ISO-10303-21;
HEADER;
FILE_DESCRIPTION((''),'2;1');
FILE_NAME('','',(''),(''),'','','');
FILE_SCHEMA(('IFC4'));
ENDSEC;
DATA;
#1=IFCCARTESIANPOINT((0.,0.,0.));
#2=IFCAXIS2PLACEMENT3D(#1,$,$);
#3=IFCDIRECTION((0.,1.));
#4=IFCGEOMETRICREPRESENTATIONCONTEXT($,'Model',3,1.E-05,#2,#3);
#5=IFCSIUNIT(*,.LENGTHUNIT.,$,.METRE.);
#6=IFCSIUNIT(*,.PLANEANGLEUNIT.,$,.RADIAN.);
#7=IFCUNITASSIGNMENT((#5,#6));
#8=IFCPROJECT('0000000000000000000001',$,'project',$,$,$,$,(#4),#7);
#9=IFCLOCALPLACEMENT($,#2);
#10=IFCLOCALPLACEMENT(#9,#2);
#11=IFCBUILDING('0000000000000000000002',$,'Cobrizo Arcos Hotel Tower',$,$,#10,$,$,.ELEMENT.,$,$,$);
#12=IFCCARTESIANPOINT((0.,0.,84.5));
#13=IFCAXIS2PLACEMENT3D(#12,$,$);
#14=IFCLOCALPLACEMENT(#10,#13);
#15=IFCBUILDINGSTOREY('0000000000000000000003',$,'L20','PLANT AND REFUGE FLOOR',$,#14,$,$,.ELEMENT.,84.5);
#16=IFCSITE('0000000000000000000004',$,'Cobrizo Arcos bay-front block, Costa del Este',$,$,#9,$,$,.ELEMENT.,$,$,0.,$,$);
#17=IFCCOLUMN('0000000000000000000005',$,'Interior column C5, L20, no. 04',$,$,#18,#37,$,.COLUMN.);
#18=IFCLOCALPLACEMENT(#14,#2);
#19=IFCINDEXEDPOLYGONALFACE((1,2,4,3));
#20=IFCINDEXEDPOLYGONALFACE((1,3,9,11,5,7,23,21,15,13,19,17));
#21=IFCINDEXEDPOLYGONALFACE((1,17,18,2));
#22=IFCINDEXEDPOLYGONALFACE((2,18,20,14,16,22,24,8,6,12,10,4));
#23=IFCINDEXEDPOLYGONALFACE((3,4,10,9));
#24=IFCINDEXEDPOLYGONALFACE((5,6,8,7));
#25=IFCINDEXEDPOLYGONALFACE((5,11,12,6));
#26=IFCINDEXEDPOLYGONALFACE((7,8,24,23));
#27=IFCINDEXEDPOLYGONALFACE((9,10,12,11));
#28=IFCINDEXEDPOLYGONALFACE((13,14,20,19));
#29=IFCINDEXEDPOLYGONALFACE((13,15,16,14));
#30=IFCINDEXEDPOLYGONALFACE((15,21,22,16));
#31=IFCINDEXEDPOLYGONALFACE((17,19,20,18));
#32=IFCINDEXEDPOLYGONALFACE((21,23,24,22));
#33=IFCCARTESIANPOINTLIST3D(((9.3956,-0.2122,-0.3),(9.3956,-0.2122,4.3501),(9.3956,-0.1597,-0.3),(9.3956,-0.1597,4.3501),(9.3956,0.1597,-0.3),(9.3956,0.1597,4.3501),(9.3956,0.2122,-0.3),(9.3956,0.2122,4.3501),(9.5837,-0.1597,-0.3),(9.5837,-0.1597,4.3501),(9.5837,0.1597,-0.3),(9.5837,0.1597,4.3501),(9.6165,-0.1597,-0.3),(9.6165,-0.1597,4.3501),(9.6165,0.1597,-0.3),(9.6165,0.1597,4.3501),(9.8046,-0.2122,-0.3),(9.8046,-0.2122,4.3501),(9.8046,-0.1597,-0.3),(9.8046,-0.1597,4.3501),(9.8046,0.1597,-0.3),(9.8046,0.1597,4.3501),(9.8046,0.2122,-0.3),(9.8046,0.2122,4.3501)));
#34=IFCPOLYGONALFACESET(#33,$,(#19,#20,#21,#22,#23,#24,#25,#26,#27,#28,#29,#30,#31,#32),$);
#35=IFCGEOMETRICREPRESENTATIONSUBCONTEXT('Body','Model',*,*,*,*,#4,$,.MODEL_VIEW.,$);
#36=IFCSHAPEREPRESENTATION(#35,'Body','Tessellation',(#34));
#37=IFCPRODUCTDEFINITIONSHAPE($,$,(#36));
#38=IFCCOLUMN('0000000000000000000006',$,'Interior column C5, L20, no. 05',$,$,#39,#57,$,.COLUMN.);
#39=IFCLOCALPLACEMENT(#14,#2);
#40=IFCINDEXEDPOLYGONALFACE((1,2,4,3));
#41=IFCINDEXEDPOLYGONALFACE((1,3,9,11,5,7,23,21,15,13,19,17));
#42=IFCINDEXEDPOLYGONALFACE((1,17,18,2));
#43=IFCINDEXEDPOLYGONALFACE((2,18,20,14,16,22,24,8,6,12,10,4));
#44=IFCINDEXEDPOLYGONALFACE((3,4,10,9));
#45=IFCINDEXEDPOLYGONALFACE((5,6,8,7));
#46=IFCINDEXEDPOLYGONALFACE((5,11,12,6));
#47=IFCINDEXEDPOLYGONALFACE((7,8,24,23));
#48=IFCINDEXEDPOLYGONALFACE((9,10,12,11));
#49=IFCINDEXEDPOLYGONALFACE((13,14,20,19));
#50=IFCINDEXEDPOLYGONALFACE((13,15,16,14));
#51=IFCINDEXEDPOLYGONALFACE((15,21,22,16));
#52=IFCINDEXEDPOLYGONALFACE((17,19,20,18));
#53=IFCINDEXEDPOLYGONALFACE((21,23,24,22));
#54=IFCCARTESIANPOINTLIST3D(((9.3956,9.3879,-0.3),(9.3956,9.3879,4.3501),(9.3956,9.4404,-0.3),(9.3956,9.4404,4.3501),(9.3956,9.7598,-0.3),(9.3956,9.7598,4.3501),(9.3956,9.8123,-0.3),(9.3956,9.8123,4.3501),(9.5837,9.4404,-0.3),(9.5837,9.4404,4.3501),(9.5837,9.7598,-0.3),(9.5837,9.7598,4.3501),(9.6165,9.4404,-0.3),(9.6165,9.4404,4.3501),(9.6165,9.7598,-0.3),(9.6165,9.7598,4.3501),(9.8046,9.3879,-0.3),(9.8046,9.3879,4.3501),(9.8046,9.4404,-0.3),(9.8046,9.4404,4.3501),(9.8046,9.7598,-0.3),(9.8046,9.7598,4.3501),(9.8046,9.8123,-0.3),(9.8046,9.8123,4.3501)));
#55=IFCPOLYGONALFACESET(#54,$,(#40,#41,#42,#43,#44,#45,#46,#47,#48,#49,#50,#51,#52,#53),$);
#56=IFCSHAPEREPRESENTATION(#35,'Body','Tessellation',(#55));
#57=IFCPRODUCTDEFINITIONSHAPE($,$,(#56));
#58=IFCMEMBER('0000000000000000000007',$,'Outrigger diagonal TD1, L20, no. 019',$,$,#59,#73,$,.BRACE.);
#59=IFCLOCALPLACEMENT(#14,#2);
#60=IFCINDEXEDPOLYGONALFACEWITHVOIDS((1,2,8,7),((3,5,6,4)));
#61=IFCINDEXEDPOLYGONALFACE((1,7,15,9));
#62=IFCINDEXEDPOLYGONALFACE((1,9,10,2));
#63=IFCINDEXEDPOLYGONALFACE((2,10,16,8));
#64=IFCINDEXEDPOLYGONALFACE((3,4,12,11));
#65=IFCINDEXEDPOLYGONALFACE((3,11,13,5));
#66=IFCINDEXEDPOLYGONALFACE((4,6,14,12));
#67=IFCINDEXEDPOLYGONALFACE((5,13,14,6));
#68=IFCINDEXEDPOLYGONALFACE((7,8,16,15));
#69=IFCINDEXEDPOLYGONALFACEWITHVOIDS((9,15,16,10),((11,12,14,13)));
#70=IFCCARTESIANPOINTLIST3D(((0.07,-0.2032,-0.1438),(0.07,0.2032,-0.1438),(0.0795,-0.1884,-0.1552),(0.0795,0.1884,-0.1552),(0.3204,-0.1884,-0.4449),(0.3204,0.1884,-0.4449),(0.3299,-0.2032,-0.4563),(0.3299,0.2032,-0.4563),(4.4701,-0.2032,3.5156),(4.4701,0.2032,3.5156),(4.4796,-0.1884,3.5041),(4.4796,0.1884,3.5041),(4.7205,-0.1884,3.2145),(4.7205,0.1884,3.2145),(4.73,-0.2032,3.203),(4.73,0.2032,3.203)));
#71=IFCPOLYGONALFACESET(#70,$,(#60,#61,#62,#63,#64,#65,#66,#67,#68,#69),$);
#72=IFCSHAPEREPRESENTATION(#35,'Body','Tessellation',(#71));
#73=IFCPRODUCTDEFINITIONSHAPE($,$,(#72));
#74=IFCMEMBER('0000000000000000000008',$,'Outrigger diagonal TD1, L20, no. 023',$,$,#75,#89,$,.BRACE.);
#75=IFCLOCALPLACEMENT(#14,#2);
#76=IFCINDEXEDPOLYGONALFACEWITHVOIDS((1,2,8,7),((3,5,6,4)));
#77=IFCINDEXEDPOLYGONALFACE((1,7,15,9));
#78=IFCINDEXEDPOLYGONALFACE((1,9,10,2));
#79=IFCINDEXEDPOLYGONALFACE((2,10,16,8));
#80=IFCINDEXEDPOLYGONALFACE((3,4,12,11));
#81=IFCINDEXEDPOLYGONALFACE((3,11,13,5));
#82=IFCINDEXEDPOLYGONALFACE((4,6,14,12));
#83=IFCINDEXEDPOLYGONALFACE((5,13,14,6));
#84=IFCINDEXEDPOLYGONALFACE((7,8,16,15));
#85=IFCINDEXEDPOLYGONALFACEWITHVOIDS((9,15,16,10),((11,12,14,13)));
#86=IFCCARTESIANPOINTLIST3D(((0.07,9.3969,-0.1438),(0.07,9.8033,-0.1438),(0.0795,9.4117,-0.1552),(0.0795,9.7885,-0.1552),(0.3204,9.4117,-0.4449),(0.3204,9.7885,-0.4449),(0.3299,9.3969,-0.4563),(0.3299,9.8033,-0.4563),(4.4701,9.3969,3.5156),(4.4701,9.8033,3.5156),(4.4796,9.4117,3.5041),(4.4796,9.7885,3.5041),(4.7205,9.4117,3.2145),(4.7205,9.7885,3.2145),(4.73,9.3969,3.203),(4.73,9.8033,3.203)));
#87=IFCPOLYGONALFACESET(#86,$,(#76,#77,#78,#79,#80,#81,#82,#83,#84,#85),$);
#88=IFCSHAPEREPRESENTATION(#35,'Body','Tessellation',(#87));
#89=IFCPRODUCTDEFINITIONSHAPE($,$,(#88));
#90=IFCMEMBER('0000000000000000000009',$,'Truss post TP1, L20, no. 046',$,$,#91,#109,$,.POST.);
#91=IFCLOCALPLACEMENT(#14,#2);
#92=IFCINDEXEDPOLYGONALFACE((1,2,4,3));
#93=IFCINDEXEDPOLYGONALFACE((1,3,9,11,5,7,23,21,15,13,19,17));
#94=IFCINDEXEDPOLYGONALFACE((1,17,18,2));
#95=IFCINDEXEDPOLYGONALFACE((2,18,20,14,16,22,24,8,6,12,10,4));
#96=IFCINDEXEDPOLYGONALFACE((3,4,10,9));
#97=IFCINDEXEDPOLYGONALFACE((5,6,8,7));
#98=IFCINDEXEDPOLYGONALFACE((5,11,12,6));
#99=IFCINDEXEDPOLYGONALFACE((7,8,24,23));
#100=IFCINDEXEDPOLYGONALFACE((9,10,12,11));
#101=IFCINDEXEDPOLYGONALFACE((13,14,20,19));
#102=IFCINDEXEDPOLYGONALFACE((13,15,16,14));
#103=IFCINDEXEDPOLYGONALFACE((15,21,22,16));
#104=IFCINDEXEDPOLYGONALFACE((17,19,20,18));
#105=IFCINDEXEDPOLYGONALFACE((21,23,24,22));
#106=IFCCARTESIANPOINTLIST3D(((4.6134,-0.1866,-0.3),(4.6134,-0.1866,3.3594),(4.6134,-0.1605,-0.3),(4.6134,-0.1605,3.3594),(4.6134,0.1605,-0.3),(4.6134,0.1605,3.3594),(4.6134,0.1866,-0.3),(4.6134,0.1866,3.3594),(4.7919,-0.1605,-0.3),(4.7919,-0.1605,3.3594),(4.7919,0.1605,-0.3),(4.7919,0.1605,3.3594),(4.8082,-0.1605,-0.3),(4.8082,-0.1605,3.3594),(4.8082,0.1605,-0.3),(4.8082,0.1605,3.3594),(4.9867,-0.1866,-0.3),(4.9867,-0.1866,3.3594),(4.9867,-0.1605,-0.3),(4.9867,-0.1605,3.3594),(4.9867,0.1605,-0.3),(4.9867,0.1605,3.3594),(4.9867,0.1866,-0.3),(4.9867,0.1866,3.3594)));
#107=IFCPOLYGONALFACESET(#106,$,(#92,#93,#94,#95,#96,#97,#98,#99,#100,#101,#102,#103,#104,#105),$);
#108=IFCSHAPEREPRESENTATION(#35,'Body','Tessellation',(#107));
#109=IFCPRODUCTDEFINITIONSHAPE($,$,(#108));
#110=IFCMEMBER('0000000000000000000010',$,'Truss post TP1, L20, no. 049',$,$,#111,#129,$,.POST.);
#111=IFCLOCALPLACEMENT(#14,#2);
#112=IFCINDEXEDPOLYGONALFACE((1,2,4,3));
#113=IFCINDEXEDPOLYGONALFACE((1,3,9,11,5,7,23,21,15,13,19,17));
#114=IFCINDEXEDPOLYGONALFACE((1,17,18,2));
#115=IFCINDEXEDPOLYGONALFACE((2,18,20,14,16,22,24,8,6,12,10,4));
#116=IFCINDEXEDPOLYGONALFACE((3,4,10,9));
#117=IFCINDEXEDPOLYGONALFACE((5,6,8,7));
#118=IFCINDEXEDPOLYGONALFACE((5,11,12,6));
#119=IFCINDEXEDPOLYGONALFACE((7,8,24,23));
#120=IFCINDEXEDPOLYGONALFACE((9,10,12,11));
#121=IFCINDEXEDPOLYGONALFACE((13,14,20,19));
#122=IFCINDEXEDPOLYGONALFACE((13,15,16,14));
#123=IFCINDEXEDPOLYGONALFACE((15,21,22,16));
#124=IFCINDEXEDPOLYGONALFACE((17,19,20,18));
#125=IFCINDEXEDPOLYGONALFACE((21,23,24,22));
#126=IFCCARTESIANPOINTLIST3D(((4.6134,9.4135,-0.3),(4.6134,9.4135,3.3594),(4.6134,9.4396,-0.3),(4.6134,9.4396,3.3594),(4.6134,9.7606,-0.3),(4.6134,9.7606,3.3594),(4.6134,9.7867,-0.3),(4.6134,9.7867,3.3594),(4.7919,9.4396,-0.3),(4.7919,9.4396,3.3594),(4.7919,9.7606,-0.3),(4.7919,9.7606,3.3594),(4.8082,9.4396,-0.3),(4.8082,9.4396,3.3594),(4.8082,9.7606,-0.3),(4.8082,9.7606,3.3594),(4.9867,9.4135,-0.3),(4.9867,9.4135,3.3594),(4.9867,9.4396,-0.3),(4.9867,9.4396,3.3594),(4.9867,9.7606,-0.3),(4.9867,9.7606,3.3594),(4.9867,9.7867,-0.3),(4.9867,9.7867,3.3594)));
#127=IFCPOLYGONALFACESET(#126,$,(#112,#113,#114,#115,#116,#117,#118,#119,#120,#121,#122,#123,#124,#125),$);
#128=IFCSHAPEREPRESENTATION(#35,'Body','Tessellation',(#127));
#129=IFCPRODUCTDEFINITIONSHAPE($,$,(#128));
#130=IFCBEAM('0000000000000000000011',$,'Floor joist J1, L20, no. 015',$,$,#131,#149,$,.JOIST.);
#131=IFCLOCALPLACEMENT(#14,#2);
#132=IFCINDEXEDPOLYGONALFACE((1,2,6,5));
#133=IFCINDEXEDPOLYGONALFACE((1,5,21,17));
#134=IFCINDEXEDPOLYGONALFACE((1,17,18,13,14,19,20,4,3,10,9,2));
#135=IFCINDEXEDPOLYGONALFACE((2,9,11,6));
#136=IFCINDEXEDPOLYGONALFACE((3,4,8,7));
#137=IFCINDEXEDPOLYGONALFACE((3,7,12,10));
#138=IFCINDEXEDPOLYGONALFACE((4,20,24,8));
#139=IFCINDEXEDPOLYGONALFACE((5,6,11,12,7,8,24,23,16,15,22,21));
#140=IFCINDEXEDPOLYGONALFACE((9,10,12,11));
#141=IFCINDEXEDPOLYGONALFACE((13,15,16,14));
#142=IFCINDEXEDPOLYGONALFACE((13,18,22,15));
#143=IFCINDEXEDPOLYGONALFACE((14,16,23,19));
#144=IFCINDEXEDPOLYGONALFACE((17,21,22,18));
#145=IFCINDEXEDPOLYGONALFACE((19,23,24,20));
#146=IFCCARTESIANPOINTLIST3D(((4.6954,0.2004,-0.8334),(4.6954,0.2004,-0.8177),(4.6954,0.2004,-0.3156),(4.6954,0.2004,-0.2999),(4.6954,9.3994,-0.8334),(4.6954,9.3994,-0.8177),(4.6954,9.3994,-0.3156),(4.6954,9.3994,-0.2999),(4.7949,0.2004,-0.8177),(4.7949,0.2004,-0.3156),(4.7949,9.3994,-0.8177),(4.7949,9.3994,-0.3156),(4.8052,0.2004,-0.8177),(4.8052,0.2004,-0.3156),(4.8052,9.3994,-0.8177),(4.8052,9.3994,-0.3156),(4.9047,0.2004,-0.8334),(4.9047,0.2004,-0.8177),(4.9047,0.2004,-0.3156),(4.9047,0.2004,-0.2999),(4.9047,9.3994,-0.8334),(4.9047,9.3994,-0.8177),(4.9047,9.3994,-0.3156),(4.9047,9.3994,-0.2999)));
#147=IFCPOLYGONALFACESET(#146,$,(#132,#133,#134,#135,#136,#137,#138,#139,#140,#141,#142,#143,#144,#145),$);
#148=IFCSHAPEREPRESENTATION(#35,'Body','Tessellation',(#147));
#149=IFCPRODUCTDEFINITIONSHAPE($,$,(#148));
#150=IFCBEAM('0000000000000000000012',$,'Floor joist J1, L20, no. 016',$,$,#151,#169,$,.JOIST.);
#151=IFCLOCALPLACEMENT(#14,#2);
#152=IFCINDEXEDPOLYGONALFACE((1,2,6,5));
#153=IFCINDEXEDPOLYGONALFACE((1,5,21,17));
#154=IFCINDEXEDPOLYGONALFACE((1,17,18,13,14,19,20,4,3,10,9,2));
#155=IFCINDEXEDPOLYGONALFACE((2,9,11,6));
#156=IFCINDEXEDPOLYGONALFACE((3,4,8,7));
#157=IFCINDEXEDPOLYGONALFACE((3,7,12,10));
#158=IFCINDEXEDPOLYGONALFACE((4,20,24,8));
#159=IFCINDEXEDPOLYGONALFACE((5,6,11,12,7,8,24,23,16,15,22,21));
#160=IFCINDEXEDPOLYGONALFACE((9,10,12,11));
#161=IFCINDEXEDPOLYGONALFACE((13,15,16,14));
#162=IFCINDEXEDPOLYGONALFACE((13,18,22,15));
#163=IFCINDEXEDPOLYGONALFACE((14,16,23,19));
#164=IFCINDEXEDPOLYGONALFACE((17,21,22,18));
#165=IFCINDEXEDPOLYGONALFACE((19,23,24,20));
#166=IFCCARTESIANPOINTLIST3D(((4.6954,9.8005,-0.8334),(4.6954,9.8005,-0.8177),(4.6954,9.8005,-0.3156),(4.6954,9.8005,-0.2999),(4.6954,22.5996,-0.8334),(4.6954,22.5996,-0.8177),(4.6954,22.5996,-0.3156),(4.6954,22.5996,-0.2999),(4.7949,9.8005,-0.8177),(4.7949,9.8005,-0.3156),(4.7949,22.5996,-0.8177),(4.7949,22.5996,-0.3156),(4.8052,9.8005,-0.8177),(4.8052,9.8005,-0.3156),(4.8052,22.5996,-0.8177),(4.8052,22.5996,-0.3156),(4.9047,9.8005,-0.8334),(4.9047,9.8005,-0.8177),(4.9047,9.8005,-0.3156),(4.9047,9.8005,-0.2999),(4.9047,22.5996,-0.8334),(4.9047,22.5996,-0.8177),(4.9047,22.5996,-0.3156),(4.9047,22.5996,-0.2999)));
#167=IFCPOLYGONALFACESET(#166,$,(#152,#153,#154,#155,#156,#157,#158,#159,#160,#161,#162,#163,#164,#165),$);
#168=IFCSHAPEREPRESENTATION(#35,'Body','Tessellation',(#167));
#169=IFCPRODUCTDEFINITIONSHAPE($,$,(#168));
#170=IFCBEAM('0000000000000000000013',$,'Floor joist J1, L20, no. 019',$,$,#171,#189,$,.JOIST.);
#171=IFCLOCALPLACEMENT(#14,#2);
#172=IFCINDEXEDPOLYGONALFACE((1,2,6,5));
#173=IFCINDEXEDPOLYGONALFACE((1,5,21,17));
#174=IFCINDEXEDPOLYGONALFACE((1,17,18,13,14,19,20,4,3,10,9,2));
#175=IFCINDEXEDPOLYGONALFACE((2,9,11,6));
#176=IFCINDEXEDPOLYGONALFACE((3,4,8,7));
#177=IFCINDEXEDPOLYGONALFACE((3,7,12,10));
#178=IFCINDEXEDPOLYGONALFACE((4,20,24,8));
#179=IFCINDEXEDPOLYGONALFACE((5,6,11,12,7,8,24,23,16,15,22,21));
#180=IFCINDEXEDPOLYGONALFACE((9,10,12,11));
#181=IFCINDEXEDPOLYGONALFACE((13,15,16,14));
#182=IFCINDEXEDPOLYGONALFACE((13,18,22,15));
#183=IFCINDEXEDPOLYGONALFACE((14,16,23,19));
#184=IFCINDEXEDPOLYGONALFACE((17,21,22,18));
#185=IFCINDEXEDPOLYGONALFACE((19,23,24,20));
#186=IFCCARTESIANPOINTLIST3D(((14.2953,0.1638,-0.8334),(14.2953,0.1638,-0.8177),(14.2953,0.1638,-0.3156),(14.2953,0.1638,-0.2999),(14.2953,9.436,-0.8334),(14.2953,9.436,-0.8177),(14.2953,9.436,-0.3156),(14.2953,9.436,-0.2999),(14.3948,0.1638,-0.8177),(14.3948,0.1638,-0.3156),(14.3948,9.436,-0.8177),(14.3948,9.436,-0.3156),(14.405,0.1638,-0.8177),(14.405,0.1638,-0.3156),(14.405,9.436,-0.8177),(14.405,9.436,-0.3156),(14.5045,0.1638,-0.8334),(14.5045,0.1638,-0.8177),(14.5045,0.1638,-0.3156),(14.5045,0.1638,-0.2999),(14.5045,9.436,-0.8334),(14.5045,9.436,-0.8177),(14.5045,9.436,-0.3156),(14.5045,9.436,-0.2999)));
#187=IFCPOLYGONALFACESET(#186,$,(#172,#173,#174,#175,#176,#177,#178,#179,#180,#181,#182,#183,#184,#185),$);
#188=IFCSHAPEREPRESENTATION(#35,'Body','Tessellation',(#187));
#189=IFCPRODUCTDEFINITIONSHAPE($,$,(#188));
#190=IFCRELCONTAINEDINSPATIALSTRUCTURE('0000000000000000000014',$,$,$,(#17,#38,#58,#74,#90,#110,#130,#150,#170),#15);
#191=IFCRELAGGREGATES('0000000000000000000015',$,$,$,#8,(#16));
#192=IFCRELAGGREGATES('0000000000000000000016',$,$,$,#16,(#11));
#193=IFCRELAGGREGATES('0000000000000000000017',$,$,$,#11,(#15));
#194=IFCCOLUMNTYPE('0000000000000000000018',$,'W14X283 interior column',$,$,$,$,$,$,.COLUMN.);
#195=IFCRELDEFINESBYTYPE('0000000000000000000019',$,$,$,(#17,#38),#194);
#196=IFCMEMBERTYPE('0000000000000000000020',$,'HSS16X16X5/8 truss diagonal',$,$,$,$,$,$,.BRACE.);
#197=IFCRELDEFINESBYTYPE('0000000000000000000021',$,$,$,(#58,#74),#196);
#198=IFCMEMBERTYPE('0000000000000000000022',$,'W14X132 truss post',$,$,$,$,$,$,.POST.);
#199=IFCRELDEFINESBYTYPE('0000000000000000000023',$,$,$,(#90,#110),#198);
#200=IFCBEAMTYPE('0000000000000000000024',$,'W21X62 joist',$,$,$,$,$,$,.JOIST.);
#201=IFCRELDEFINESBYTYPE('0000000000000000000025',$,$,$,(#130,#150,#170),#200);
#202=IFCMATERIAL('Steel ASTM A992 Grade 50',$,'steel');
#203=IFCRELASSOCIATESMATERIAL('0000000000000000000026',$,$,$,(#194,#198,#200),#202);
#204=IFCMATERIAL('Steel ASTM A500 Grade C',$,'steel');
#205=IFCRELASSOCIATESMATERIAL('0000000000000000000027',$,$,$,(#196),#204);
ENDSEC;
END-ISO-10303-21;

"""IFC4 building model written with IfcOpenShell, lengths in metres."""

from ifc_helpers import new_model, si_unit, direction, frame, origin, origin_2d, place, context, subcontext, project, spatial, hollow_rectangle, i_section, extrude, material, material_profile, profile_set, type_object, element, save


model = new_model("IFC4")

# Units and contexts
model_context = context("Model", 3, precision=1e-05, world=origin(), true_north=direction((0.0, 1.0)))
body_context = subcontext(model_context, "Body", "Model", "MODEL_VIEW")
ifc_project = project(units=[si_unit("LENGTHUNIT", "METRE"), si_unit("PLANEANGLEUNIT", "RADIAN")], contexts=[model_context])

# Site, building, storey
site_placement = place(None, origin())
site = spatial("IfcSite", under=ifc_project, at=site_placement, Name="Cobrizo Arcos bay-front block, Costa del Este", CompositionType="ELEMENT", RefElevation=0.0)
building_placement = place(site_placement, origin())
building = spatial("IfcBuilding", under=site, at=building_placement, Name="Cobrizo Arcos Hotel Tower", CompositionType="ELEMENT")
storey_placement = place(building_placement, frame((0.0, 0.0, 84.5)))
storey = spatial("IfcBuildingStorey", under=building, at=storey_placement, Name="L20", Description="PLANT AND REFUGE FLOOR", CompositionType="ELEMENT", Elevation=84.5)

# Columns
ifc_material_1 = material(Name="Steel ASTM A992 Grade 50", Category="steel")
ifc_material_profile_1 = material_profile(ifc_material_1, i_section(OverallWidth=0.4089, OverallDepth=0.4243, WebThickness=0.0327, FlangeThickness=0.0525, at=origin_2d()), Name="W14X283")
ifc_profile_set_1 = profile_set([ifc_material_profile_1], Name="Steel ASTM A992 Grade 50")
column_type = type_object("IfcColumnType", Name="W14X283 interior column", PredefinedType="COLUMN", material=ifc_profile_set_1)
for number, where, z_axis, x_axis, name in (
    (1, (9.6001, 0.0, -0.3), (0.0, 0.0, 1.0), (1.0, 0.0, 0.0), "Interior column C5, L20, no. 04"),
    (2, (9.6001, 9.6001, -0.3), (0.0, 0.0, 1.0), (1.0, 0.0, 0.0), "Interior column C5, L20, no. 05"),
):
    element("IfcColumn", number, at=place(storey_placement, frame(where, z_axis=z_axis, x_axis=x_axis)), inside=storey, type_object=column_type, Name=name, PredefinedType="COLUMN", context=body_context, shape_type="SweptSolid", body=[
        extrude(i_section(OverallWidth=0.4089, OverallDepth=0.4243, WebThickness=0.0327, FlangeThickness=0.0525, at=origin_2d()), origin(), (0.0, 0.0, 1.0), 4.6501),
    ])

# Members
ifc_material_2 = material(Name="Steel ASTM A500 Grade C", Category="steel")
ifc_material_profile_2 = material_profile(ifc_material_2, hollow_rectangle(XDim=0.4065, YDim=0.4065, WallThickness=0.0149, at=origin_2d()), Name="HSS16X16X5/8")
ifc_profile_set_2 = profile_set([ifc_material_profile_2], Name="Steel ASTM A500 Grade C")
member_type_1 = type_object("IfcMemberType", Name="HSS16X16X5/8 truss diagonal", PredefinedType="BRACE", material=ifc_profile_set_2)
for number, where, z_axis, x_axis, name in (
    (3, (0.2, 0.0, -0.3), (0.768854, 0.0, 0.639425), (0.0, 1.0, 0.0), "Outrigger diagonal TD1, L20, no. 019"),
    (4, (0.2, 9.6001, -0.3), (0.768854, 0.0, 0.639425), (0.0, 1.0, 0.0), "Outrigger diagonal TD1, L20, no. 023"),
):
    element("IfcMember", number, at=place(storey_placement, frame(where, z_axis=z_axis, x_axis=x_axis)), inside=storey, type_object=member_type_1, Name=name, PredefinedType="BRACE", context=body_context, shape_type="SweptSolid", body=[
        extrude(hollow_rectangle(XDim=0.4065, YDim=0.4065, WallThickness=0.0149, at=origin_2d()), origin(), (0.0, 0.0, 1.0), 5.7229),
    ])
ifc_material_profile_3 = material_profile(ifc_material_1, i_section(OverallWidth=0.3733, OverallDepth=0.3733, WebThickness=0.0164, FlangeThickness=0.0261, at=origin_2d()), Name="W14X132")
ifc_profile_set_3 = profile_set([ifc_material_profile_3], Name="Steel ASTM A992 Grade 50")
member_type_2 = type_object("IfcMemberType", Name="W14X132 truss post", PredefinedType="POST", material=ifc_profile_set_3)
for number, where, z_axis, x_axis, name in (
    (5, (4.8, 0.0, -0.3), (0.0, 0.0, 1.0), (1.0, 0.0, 0.0), "Truss post TP1, L20, no. 046"),
    (6, (4.8, 9.6001, -0.3), (0.0, 0.0, 1.0), (1.0, 0.0, 0.0), "Truss post TP1, L20, no. 049"),
):
    element("IfcMember", number, at=place(storey_placement, frame(where, z_axis=z_axis, x_axis=x_axis)), inside=storey, type_object=member_type_2, Name=name, PredefinedType="POST", context=body_context, shape_type="SweptSolid", body=[
        extrude(i_section(OverallWidth=0.3733, OverallDepth=0.3733, WebThickness=0.0164, FlangeThickness=0.0261, at=origin_2d()), origin(), (0.0, 0.0, 1.0), 3.6594),
    ])

# Beams
ifc_material_profile_4 = material_profile(ifc_material_1, i_section(OverallWidth=0.2092, OverallDepth=0.5334, WebThickness=0.0103, FlangeThickness=0.0156, at=origin_2d()), Name="W21X62")
ifc_profile_set_4 = profile_set([ifc_material_profile_4], Name="Steel ASTM A992 Grade 50")
beam_type_1 = type_object("IfcBeamType", Name="W21X62 joist", PredefinedType="JOIST", material=ifc_profile_set_4)
beam_1_placement = place(storey_placement, frame((4.8, 0.2004, -0.5667), z_axis=(0.0, 1.0, 0.0), x_axis=(-1.0, 0.0, 0.0)))
element("IfcBeam", 7, at=beam_1_placement, inside=storey, type_object=beam_type_1, Name="Floor joist J1, L20, no. 015", PredefinedType="JOIST", context=body_context, shape_type="SweptSolid", body=[
    extrude(i_section(OverallWidth=0.2092, OverallDepth=0.5334, WebThickness=0.0103, FlangeThickness=0.0156, at=origin_2d()), origin(), (0.0, 0.0, 1.0), 9.199),
])
beam_2_placement = place(storey_placement, frame((4.8, 9.8005, -0.5667), z_axis=(0.0, 1.0, 0.0), x_axis=(-1.0, 0.0, 0.0)))
element("IfcBeam", 8, at=beam_2_placement, inside=storey, type_object=beam_type_1, Name="Floor joist J1, L20, no. 016", PredefinedType="JOIST", context=body_context, shape_type="SweptSolid", body=[
    extrude(i_section(OverallWidth=0.2092, OverallDepth=0.5334, WebThickness=0.0103, FlangeThickness=0.0156, at=origin_2d()), origin(), (0.0, 0.0, 1.0), 12.7991),
])
beam_3_placement = place(storey_placement, frame((14.3999, 0.1638, -0.5667), z_axis=(0.0, 1.0, 0.0), x_axis=(-1.0, 0.0, 0.0)))
element("IfcBeam", 9, at=beam_3_placement, inside=storey, type_object=beam_type_1, Name="Floor joist J1, L20, no. 019", PredefinedType="JOIST", context=body_context, shape_type="SweptSolid", body=[
    extrude(i_section(OverallWidth=0.2092, OverallDepth=0.5334, WebThickness=0.0103, FlangeThickness=0.0156, at=origin_2d()), origin(), (0.0, 0.0, 1.0), 9.2722),
])

save(model, "model.ifc")
